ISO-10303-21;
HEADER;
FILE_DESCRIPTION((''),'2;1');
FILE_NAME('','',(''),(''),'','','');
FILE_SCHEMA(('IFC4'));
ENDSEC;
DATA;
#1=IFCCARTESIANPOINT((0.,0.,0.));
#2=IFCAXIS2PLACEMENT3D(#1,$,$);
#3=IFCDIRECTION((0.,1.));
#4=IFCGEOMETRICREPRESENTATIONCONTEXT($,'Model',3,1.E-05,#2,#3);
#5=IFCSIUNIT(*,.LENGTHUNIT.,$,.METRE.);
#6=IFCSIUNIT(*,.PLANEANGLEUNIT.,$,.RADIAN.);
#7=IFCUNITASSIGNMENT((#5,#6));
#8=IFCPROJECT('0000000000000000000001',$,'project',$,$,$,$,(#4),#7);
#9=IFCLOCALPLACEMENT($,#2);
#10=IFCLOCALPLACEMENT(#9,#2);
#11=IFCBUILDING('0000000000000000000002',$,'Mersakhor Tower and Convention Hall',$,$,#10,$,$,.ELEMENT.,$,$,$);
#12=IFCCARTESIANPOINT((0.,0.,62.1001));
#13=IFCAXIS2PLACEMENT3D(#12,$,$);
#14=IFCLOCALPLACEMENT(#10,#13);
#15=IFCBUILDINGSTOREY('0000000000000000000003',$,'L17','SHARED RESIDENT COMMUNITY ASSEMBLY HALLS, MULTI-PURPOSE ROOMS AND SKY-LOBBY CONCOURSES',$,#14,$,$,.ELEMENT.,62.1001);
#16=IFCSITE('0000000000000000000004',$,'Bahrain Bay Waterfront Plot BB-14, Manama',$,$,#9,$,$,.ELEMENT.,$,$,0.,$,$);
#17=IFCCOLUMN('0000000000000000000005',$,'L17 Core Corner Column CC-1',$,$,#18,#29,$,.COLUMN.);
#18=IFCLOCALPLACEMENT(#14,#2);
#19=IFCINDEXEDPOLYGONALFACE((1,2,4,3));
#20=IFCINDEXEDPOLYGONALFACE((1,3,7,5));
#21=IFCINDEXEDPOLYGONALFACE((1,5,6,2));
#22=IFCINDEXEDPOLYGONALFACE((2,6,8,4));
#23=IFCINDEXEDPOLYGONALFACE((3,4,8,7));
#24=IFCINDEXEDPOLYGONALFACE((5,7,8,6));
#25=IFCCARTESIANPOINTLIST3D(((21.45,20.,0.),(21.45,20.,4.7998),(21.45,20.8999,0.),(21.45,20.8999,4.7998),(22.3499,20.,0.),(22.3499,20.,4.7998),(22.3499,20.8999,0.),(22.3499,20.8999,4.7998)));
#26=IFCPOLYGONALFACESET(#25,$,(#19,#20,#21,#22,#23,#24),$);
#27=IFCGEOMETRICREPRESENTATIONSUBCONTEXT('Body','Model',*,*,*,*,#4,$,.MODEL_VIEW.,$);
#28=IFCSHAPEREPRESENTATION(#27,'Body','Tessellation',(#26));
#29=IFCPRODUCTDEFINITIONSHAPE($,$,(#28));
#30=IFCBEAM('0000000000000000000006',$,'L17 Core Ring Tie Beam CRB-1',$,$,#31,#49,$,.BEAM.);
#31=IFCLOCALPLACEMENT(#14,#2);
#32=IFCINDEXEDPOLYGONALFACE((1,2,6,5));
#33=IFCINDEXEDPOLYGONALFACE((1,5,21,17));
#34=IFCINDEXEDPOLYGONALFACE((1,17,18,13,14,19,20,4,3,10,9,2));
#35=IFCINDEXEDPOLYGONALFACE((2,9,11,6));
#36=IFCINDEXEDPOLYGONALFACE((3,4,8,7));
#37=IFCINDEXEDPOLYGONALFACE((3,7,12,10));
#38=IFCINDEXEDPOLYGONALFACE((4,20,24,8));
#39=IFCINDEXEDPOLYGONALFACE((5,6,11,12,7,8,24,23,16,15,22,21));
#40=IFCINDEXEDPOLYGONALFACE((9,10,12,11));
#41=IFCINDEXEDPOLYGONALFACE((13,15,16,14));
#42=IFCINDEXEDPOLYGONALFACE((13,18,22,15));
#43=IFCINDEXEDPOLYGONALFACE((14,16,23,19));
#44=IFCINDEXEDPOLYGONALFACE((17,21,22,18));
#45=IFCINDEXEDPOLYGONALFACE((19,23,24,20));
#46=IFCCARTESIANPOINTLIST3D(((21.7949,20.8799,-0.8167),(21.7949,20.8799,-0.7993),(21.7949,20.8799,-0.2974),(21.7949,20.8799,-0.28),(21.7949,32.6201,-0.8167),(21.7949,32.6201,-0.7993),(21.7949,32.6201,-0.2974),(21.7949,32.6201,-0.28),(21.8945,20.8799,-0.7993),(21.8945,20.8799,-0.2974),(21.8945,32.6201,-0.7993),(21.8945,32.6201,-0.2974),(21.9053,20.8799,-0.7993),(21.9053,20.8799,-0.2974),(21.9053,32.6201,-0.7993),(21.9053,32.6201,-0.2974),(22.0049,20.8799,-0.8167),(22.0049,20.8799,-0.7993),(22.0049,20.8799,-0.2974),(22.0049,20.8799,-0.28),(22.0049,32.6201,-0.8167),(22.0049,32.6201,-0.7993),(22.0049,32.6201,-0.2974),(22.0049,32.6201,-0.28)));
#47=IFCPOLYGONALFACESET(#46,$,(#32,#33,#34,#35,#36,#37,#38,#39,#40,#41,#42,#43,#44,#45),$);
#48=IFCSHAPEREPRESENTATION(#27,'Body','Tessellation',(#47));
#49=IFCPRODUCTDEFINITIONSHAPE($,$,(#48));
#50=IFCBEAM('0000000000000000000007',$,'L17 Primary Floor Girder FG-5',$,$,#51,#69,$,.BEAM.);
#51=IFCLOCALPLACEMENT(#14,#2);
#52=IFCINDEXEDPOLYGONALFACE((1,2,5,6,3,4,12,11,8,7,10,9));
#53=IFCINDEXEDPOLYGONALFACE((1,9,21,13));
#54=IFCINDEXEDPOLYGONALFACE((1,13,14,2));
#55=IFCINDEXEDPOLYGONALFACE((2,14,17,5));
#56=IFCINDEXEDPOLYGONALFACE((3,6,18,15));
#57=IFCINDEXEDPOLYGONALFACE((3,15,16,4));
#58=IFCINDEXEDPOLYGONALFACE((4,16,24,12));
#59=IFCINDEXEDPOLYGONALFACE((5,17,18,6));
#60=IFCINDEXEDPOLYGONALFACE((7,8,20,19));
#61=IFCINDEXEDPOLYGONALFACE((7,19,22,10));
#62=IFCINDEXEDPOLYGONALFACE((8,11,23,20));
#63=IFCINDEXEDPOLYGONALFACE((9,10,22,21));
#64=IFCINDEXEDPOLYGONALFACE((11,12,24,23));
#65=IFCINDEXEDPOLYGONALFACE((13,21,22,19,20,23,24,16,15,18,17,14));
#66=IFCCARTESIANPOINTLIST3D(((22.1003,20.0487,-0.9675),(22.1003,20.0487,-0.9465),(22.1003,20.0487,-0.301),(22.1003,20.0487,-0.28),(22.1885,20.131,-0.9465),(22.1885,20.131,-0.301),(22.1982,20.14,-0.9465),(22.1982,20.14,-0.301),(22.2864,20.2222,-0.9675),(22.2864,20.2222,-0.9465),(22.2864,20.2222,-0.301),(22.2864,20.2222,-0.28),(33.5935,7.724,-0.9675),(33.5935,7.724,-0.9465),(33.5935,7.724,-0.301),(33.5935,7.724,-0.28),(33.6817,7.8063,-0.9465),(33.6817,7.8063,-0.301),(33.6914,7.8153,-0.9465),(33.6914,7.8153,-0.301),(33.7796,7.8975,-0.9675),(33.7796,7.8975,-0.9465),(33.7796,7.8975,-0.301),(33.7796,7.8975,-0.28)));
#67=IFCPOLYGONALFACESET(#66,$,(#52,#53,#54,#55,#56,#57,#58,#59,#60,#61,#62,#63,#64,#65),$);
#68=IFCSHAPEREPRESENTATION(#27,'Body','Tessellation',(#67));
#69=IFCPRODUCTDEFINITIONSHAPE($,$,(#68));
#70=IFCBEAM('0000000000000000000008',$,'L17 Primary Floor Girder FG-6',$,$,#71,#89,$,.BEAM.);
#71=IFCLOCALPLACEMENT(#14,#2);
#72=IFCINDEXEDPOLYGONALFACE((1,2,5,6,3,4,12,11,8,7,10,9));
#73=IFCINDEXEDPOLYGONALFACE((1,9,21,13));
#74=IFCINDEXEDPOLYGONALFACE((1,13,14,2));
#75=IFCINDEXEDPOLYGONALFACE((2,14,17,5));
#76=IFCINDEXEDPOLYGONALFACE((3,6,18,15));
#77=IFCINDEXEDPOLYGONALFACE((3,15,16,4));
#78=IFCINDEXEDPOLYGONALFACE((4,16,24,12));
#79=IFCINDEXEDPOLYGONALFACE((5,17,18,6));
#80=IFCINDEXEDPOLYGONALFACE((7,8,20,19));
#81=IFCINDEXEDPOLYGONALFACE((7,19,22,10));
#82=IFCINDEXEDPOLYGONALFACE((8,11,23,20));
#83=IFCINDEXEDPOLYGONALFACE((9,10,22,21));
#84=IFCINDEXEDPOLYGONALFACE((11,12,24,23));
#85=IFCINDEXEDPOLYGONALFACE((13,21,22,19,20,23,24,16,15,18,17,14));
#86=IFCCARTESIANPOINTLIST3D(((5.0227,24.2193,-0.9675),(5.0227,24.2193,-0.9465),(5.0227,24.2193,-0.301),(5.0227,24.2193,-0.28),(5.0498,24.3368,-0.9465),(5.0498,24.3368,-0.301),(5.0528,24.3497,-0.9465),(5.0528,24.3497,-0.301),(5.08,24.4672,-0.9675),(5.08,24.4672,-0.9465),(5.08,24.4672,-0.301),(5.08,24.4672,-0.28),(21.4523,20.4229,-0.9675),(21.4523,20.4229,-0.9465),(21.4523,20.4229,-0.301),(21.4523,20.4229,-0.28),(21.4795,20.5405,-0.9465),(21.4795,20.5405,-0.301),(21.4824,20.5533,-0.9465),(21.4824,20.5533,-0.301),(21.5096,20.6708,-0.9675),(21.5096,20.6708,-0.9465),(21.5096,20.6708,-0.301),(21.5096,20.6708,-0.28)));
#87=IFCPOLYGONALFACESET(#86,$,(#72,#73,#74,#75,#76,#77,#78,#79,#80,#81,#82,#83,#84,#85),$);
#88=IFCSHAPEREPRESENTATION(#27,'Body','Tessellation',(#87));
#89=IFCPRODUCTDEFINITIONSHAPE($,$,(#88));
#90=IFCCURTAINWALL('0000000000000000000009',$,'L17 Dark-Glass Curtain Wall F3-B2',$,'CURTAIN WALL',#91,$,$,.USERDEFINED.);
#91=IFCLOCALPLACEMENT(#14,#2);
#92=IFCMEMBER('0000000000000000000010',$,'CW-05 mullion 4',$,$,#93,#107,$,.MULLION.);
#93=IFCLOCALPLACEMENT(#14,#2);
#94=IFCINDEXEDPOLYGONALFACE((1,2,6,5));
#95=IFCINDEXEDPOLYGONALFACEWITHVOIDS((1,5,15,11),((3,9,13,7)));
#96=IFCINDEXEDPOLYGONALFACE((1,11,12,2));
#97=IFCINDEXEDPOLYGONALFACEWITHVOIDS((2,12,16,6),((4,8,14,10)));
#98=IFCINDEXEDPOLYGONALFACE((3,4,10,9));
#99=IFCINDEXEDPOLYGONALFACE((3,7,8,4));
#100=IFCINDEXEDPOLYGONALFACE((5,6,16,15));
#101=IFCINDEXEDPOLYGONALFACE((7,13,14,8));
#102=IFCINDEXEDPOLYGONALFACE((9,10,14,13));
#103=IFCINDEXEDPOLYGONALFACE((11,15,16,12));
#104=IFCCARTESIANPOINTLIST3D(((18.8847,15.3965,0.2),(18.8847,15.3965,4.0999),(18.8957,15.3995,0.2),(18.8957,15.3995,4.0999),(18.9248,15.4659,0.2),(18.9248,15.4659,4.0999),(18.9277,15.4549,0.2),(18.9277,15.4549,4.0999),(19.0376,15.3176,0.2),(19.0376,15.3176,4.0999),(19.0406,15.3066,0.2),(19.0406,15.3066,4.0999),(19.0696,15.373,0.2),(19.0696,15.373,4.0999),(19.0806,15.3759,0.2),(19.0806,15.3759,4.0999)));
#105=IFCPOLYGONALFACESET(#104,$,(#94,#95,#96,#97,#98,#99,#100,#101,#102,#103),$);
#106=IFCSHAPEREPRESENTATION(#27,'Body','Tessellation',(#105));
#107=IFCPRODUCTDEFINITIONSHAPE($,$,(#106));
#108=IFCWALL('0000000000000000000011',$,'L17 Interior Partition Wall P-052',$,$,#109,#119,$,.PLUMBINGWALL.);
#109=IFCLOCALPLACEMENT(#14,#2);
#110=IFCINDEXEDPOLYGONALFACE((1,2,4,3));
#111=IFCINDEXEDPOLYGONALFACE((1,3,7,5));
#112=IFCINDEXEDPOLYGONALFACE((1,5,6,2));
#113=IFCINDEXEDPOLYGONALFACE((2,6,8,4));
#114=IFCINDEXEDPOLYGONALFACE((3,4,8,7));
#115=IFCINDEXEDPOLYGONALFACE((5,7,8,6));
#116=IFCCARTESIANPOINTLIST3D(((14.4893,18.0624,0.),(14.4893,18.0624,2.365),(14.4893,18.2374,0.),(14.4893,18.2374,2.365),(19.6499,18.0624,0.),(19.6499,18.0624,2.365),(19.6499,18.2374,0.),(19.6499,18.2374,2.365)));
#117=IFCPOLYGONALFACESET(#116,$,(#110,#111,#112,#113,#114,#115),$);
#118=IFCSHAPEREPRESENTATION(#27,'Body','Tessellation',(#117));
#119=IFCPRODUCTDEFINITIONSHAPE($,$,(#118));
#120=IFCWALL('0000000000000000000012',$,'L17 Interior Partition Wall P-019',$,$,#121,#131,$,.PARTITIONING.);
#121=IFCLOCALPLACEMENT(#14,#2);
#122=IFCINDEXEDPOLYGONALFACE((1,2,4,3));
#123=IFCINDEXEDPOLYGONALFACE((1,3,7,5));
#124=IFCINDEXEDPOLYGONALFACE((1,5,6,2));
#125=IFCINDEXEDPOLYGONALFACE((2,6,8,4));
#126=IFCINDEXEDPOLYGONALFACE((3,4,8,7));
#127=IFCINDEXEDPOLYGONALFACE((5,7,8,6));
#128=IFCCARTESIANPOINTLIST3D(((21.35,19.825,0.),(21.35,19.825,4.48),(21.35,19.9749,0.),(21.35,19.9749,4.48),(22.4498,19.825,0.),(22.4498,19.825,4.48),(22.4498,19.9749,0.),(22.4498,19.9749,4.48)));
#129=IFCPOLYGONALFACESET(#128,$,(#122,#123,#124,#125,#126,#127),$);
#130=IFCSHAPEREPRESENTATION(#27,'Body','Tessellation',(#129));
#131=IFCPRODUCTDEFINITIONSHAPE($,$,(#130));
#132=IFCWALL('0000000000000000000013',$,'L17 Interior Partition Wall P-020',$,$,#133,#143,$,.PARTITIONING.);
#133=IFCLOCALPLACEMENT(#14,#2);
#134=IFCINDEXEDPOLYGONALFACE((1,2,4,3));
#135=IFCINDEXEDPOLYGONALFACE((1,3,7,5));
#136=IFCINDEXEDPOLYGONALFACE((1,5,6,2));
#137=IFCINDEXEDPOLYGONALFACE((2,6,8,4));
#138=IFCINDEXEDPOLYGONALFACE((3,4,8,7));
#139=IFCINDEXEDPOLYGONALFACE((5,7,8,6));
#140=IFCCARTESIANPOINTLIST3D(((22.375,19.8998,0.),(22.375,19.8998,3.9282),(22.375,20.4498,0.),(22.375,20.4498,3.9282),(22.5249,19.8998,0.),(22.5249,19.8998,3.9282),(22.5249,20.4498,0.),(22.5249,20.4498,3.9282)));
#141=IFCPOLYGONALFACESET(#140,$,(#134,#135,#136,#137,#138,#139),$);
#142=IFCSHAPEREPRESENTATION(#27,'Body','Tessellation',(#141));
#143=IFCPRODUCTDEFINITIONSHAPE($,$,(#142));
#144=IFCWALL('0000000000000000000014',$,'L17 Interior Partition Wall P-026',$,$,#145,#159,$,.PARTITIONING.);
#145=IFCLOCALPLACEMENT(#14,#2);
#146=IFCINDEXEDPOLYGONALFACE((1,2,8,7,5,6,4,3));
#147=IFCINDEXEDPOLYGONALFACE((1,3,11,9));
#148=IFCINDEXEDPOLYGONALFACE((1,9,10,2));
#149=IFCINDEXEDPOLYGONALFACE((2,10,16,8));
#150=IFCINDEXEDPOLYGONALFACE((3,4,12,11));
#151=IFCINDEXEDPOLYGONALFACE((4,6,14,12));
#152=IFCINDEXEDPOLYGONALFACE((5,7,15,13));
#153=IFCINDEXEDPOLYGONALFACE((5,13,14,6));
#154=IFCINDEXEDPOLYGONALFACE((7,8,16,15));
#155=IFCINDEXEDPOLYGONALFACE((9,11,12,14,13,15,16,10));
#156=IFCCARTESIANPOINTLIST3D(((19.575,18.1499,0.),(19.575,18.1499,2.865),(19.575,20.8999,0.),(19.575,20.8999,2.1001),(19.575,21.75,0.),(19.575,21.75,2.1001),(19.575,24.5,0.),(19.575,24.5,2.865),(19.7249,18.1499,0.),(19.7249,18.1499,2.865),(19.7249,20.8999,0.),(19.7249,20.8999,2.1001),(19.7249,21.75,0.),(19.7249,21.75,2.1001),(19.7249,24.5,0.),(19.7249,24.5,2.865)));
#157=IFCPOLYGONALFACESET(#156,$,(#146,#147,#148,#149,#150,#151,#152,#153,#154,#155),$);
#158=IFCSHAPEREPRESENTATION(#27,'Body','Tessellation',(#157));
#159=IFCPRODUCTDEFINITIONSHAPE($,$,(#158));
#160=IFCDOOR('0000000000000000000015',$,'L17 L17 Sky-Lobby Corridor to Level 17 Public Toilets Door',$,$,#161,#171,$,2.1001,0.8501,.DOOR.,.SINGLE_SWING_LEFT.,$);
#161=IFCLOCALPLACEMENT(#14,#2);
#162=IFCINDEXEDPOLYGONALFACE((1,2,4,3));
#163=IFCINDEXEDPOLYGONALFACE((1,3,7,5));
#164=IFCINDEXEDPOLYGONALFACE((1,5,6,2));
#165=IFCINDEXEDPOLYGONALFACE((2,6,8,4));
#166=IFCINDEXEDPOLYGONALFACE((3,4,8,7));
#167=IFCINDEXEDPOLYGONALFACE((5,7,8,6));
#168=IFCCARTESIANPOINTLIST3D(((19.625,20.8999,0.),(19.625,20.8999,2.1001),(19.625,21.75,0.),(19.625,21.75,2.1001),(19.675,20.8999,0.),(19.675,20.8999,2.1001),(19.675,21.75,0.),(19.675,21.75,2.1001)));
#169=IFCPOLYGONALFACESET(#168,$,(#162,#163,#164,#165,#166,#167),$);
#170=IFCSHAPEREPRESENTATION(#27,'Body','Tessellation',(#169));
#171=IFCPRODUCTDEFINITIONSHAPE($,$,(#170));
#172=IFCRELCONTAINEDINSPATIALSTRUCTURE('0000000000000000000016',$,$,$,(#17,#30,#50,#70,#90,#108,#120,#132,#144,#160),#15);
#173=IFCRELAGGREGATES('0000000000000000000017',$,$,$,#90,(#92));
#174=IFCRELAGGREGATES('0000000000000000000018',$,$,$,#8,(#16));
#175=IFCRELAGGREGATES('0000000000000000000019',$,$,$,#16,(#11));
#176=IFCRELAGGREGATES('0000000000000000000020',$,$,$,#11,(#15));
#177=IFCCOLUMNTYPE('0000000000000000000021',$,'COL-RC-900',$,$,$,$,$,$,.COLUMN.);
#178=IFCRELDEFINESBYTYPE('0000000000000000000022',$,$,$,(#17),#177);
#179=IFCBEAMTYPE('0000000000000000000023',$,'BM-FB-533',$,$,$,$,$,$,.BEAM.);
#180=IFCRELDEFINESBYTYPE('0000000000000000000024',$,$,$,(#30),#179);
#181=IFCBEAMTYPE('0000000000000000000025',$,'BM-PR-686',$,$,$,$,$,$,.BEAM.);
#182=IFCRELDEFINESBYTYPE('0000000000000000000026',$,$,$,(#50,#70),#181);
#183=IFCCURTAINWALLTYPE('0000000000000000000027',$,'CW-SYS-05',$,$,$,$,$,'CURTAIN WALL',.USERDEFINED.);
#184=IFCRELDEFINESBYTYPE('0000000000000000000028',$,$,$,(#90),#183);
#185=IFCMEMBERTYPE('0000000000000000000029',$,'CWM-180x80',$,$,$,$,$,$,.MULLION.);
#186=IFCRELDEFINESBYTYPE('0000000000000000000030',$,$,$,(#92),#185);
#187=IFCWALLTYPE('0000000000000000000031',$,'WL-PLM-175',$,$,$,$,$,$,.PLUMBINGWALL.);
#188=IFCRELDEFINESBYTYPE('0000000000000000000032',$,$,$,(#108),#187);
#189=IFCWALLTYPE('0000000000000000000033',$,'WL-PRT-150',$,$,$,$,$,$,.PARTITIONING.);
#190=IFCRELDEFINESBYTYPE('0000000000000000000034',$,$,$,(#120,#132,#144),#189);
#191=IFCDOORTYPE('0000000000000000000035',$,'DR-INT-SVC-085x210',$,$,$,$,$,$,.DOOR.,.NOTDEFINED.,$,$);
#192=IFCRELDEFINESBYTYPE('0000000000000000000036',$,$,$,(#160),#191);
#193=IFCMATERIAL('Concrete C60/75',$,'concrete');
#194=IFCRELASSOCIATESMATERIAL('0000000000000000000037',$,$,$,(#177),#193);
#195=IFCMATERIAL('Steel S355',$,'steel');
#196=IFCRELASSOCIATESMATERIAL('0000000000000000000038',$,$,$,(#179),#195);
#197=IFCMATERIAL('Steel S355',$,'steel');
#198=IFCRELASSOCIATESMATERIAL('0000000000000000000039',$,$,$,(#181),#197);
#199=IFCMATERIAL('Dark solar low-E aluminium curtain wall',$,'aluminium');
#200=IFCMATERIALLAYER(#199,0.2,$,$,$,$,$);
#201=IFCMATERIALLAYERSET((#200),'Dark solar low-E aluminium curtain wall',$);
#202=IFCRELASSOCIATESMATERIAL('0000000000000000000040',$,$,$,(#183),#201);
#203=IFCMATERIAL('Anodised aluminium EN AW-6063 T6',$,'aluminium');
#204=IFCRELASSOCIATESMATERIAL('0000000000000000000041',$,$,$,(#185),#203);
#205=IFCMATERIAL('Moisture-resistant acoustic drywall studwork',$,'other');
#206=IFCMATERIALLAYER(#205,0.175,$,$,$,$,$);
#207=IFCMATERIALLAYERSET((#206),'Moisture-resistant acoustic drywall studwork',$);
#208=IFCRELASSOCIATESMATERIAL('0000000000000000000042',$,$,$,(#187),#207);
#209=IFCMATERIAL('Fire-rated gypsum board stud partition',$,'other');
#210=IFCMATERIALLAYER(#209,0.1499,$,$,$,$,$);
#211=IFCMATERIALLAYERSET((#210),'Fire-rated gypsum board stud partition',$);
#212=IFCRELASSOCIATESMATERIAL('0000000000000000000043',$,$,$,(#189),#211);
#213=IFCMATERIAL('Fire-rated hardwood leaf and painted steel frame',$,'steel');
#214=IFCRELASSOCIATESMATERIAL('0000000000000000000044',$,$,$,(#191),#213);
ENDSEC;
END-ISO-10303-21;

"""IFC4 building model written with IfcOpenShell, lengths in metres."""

from ifc_helpers import new_model, si_unit, direction, frame, frame_2d, origin, origin_2d, place, context, subcontext, project, spatial, rectangle, hollow_rectangle, i_section, extrude, material, layer, layer_set, material_profile, profile_set, type_object, element, fill, aggregate, save


model = new_model("IFC4")

# Units and contexts
model_context = context("Model", 3, precision=1e-05, world=origin(), true_north=direction((0.0, 1.0)))
body_context = subcontext(model_context, "Body", "Model", "MODEL_VIEW")
ifc_project = project(units=[si_unit("LENGTHUNIT", "METRE"), si_unit("PLANEANGLEUNIT", "RADIAN")], contexts=[model_context])

# Site, building, storey
site_placement = place(None, origin())
site = spatial("IfcSite", under=ifc_project, at=site_placement, Name="Bahrain Bay Waterfront Plot BB-14, Manama", CompositionType="ELEMENT", RefElevation=0.0)
building_placement = place(site_placement, origin())
building = spatial("IfcBuilding", under=site, at=building_placement, Name="Mersakhor Tower and Convention Hall", CompositionType="ELEMENT")
storey_placement = place(building_placement, frame((0.0, 0.0, 62.1001)))
storey = spatial("IfcBuildingStorey", under=building, at=storey_placement, Name="L17", Description="SHARED RESIDENT COMMUNITY ASSEMBLY HALLS, MULTI-PURPOSE ROOMS AND SKY-LOBBY CONCOURSES", CompositionType="ELEMENT", Elevation=62.1001)

# Column
ifc_material_1 = material(Name="Concrete C60/75", Category="concrete")
ifc_material_profile_1 = material_profile(ifc_material_1, rectangle(XDim=0.8999, YDim=0.8999, at=origin_2d()), Name="RC 900x900")
ifc_profile_set_1 = profile_set([ifc_material_profile_1], Name="Concrete C60/75")
column_type = type_object("IfcColumnType", Name="COL-RC-900", PredefinedType="COLUMN", material=ifc_profile_set_1)
column_placement = place(storey_placement, frame((21.8999, 20.45, 0.0), z_axis=(0.0, 0.0, 1.0), x_axis=(1.0, 0.0, 0.0)))
element("IfcColumn", 1, at=column_placement, inside=storey, type_object=column_type, Name="L17 Core Corner Column CC-1", PredefinedType="COLUMN", context=body_context, shape_type="SweptSolid", body=[
    extrude(rectangle(XDim=0.8999, YDim=0.8999, at=origin_2d()), origin(), (0.0, 0.0, 1.0), 4.7998),
])

# Beams
ifc_material_2 = material(Name="Steel S355", Category="steel")
ifc_material_profile_2 = material_profile(ifc_material_2, i_section(OverallWidth=0.21, OverallDepth=0.5366, WebThickness=0.0107, FlangeThickness=0.0173, at=origin_2d()), Name="UB 533x210x101")
ifc_profile_set_2 = profile_set([ifc_material_profile_2], Name="Steel S355")
beam_type_1 = type_object("IfcBeamType", Name="BM-FB-533", PredefinedType="BEAM", material=ifc_profile_set_2)
beam_1_placement = place(storey_placement, frame((21.8999, 20.8799, -0.5483), z_axis=(0.0, 1.0, 0.0), x_axis=(-1.0, 0.0, 0.0)))
element("IfcBeam", 2, at=beam_1_placement, inside=storey, type_object=beam_type_1, Name="L17 Core Ring Tie Beam CRB-1", PredefinedType="BEAM", context=body_context, shape_type="SweptSolid", body=[
    extrude(i_section(OverallWidth=0.21, OverallDepth=0.5366, WebThickness=0.0107, FlangeThickness=0.0173, at=origin_2d()), origin(), (0.0, 0.0, 1.0), 11.7402),
])
ifc_material_3 = material(Name="Steel S355", Category="steel")
ifc_material_profile_3 = material_profile(ifc_material_3, i_section(OverallWidth=0.2544, OverallDepth=0.6875, WebThickness=0.0132, FlangeThickness=0.021, at=origin_2d()), Name="UB 686x254x152")
ifc_profile_set_3 = profile_set([ifc_material_profile_3], Name="Steel S355")
beam_type_2 = type_object("IfcBeamType", Name="BM-PR-686", PredefinedType="BEAM", material=ifc_profile_set_3)
beam_2_placement = place(storey_placement, frame((22.1934, 20.1355, -0.6238), z_axis=(0.682004, -0.731348, 0.0), x_axis=(0.731348, 0.682004, 0.0)))
element("IfcBeam", 3, at=beam_2_placement, inside=storey, type_object=beam_type_2, Name="L17 Primary Floor Girder FG-5", PredefinedType="BEAM", context=body_context, shape_type="SweptSolid", body=[
    extrude(i_section(OverallWidth=0.2544, OverallDepth=0.6875, WebThickness=0.0132, FlangeThickness=0.021, at=origin_2d()), origin(), (0.0, 0.0, 1.0), 16.8521),
])
beam_3_placement = place(storey_placement, frame((21.481, 20.5469, -0.6238), z_axis=(-0.974327, 0.225137, 0.0), x_axis=(-0.225137, -0.974327, 0.0)))
element("IfcBeam", 4, at=beam_3_placement, inside=storey, type_object=beam_type_2, Name="L17 Primary Floor Girder FG-6", PredefinedType="BEAM", context=body_context, shape_type="SweptSolid", body=[
    extrude(i_section(OverallWidth=0.2544, OverallDepth=0.6875, WebThickness=0.0132, FlangeThickness=0.021, at=origin_2d()), origin(), (0.0, 0.0, 1.0), 16.8625),
])

# Curtain wall, member
ifc_material_4 = material(Name="Dark solar low-E aluminium curtain wall", Category="aluminium")
ifc_layer_1 = layer(ifc_material_4, 0.2)
ifc_layer_set_1 = layer_set([ifc_layer_1], Name="Dark solar low-E aluminium curtain wall")
curtain_wall_type = type_object("IfcCurtainWallType", Name="CW-SYS-05", ElementType="CURTAIN WALL", PredefinedType="USERDEFINED", material=ifc_layer_set_1)
curtain_wall_placement = place(storey_placement, origin())
curtain_wall = element("IfcCurtainWall", 5, at=curtain_wall_placement, inside=storey, type_object=curtain_wall_type, Name="L17 Dark-Glass Curtain Wall F3-B2", ObjectType="CURTAIN WALL", PredefinedType="USERDEFINED")
ifc_material_5 = material(Name="Anodised aluminium EN AW-6063 T6", Category="aluminium")
ifc_material_profile_4 = material_profile(ifc_material_5, hollow_rectangle(XDim=0.0801, YDim=0.1799, WallThickness=0.0081, at=origin_2d()), Name="RHS 180x80x8")
ifc_profile_set_4 = profile_set([ifc_material_profile_4], Name="Anodised aluminium EN AW-6063 T6")
member_type = type_object("IfcMemberType", Name="CWM-180x80", PredefinedType="MULLION", material=ifc_profile_set_4)
member_placement = place(storey_placement, frame((18.9827, 15.3862, 0.2), z_axis=(0.0, 0.0, 1.0), x_axis=(-0.500003, -0.866023, 0.0)))
member = element("IfcMember", 6, at=member_placement, type_object=member_type, Name="CW-05 mullion 4", PredefinedType="MULLION", context=body_context, shape_type="SweptSolid", body=[
    extrude(hollow_rectangle(XDim=0.0801, YDim=0.1799, WallThickness=0.0081, at=origin_2d()), origin(), (0.0, 0.0, 1.0), 3.8999),
])
aggregate(curtain_wall, [member])

# Walls
ifc_material_6 = material(Name="Moisture-resistant acoustic drywall studwork", Category="other")
ifc_layer_2 = layer(ifc_material_6, 0.175)
ifc_layer_set_2 = layer_set([ifc_layer_2], Name="Moisture-resistant acoustic drywall studwork")
wall_type_1 = type_object("IfcWallType", Name="WL-PLM-175", PredefinedType="PLUMBINGWALL", material=ifc_layer_set_2)
wall_1_placement = place(storey_placement, frame((19.6499, 18.1499, 0.0), z_axis=(0.0, 0.0, 1.0), x_axis=(-1.0, 0.0, 0.0)))
element("IfcWall", 7, at=wall_1_placement, inside=storey, type_object=wall_type_1, Name="L17 Interior Partition Wall P-052", PredefinedType="PLUMBINGWALL", context=body_context, shape_type="SweptSolid", body=[
    extrude(rectangle(XDim=5.1606, YDim=0.175, at=frame_2d((2.5803, 0.0))), origin(), (0.0, 0.0, 1.0), 2.365),
])
ifc_material_7 = material(Name="Fire-rated gypsum board stud partition", Category="other")
ifc_layer_3 = layer(ifc_material_7, 0.1499)
ifc_layer_set_3 = layer_set([ifc_layer_3], Name="Fire-rated gypsum board stud partition")
wall_type_2 = type_object("IfcWallType", Name="WL-PRT-150", PredefinedType="PARTITIONING", material=ifc_layer_set_3)
wall_2_placement = place(storey_placement, frame((21.3501, 19.8999, 0.0), z_axis=(0.0, 0.0, 1.0), x_axis=(1.0, 0.0, 0.0)))
element("IfcWall", 8, at=wall_2_placement, inside=storey, type_object=wall_type_2, Name="L17 Interior Partition Wall P-019", PredefinedType="PARTITIONING", context=body_context, shape_type="SweptSolid", body=[
    extrude(rectangle(XDim=1.0999, YDim=0.1499, at=frame_2d((0.5498, 0.0))), origin(), (0.0, 0.0, 1.0), 4.48),
])
wall_3_placement = place(storey_placement, frame((22.45, 19.8999, 0.0), z_axis=(0.0, 0.0, 1.0), x_axis=(0.0, 1.0, 0.0)))
element("IfcWall", 9, at=wall_3_placement, inside=storey, type_object=wall_type_2, Name="L17 Interior Partition Wall P-020", PredefinedType="PARTITIONING", context=body_context, shape_type="SweptSolid", body=[
    extrude(rectangle(XDim=0.55, YDim=0.1499, at=frame_2d((0.2749, 0.0))), origin(), (0.0, 0.0, 1.0), 3.9282),
])

# Wall, opening, door
wall_4_placement = place(storey_placement, frame((19.6499, 18.1499, 0.0), z_axis=(0.0, 0.0, 1.0), x_axis=(0.0, 1.0, 0.0)))
wall_4 = element("IfcWall", 10, at=wall_4_placement, inside=storey, type_object=wall_type_2, Name="L17 Interior Partition Wall P-026", PredefinedType="PARTITIONING", context=body_context, shape_type="SweptSolid", body=[
    extrude(rectangle(XDim=6.3501, YDim=0.1499, at=frame_2d((3.175, 0.0))), origin(), (0.0, 0.0, 1.0), 2.865),
])
opening_1_placement = place(wall_4_placement, frame((2.75, 0.0, 0.0)))
opening_1 = element("IfcOpeningElement", 11, at=opening_1_placement, cuts=wall_4, PredefinedType="OPENING", context=body_context, shape_type="SweptSolid", body=[
    extrude(rectangle(XDim=0.8501, YDim=2.1001, at=frame_2d((0.425, 1.05))), frame((0.0, 0.085, 0.0), z_axis=(0.0, -1.0, 0.0), x_axis=(1.0, 0.0, 0.0)), (0.0, 0.0, 1.0), 0.1699),
])
ifc_material_8 = material(Name="Fire-rated hardwood leaf and painted steel frame", Category="steel")
door_type_1 = type_object("IfcDoorType", Name="DR-INT-SVC-085x210", OperationType="NOTDEFINED", PredefinedType="DOOR", material=ifc_material_8)
door_1_placement = place(opening_1_placement, origin())
door_1 = element("IfcDoor", 12, at=door_1_placement, inside=storey, type_object=door_type_1, Name="L17 L17 Sky-Lobby Corridor to Level 17 Public Toilets Door", OperationType="SINGLE_SWING_LEFT", OverallHeight=2.1001, OverallWidth=0.8501, PredefinedType="DOOR", context=body_context, shape_type="SweptSolid", body=[
    extrude(rectangle(XDim=0.8501, YDim=2.1001, at=frame_2d((0.425, 1.05))), frame((0.0, 0.0249, 0.0), z_axis=(0.0, -1.0, 0.0), x_axis=(1.0, 0.0, 0.0)), (0.0, 0.0, 1.0), 0.05),
])
fill(opening_1, door_1)

save(model, "model.ifc")
